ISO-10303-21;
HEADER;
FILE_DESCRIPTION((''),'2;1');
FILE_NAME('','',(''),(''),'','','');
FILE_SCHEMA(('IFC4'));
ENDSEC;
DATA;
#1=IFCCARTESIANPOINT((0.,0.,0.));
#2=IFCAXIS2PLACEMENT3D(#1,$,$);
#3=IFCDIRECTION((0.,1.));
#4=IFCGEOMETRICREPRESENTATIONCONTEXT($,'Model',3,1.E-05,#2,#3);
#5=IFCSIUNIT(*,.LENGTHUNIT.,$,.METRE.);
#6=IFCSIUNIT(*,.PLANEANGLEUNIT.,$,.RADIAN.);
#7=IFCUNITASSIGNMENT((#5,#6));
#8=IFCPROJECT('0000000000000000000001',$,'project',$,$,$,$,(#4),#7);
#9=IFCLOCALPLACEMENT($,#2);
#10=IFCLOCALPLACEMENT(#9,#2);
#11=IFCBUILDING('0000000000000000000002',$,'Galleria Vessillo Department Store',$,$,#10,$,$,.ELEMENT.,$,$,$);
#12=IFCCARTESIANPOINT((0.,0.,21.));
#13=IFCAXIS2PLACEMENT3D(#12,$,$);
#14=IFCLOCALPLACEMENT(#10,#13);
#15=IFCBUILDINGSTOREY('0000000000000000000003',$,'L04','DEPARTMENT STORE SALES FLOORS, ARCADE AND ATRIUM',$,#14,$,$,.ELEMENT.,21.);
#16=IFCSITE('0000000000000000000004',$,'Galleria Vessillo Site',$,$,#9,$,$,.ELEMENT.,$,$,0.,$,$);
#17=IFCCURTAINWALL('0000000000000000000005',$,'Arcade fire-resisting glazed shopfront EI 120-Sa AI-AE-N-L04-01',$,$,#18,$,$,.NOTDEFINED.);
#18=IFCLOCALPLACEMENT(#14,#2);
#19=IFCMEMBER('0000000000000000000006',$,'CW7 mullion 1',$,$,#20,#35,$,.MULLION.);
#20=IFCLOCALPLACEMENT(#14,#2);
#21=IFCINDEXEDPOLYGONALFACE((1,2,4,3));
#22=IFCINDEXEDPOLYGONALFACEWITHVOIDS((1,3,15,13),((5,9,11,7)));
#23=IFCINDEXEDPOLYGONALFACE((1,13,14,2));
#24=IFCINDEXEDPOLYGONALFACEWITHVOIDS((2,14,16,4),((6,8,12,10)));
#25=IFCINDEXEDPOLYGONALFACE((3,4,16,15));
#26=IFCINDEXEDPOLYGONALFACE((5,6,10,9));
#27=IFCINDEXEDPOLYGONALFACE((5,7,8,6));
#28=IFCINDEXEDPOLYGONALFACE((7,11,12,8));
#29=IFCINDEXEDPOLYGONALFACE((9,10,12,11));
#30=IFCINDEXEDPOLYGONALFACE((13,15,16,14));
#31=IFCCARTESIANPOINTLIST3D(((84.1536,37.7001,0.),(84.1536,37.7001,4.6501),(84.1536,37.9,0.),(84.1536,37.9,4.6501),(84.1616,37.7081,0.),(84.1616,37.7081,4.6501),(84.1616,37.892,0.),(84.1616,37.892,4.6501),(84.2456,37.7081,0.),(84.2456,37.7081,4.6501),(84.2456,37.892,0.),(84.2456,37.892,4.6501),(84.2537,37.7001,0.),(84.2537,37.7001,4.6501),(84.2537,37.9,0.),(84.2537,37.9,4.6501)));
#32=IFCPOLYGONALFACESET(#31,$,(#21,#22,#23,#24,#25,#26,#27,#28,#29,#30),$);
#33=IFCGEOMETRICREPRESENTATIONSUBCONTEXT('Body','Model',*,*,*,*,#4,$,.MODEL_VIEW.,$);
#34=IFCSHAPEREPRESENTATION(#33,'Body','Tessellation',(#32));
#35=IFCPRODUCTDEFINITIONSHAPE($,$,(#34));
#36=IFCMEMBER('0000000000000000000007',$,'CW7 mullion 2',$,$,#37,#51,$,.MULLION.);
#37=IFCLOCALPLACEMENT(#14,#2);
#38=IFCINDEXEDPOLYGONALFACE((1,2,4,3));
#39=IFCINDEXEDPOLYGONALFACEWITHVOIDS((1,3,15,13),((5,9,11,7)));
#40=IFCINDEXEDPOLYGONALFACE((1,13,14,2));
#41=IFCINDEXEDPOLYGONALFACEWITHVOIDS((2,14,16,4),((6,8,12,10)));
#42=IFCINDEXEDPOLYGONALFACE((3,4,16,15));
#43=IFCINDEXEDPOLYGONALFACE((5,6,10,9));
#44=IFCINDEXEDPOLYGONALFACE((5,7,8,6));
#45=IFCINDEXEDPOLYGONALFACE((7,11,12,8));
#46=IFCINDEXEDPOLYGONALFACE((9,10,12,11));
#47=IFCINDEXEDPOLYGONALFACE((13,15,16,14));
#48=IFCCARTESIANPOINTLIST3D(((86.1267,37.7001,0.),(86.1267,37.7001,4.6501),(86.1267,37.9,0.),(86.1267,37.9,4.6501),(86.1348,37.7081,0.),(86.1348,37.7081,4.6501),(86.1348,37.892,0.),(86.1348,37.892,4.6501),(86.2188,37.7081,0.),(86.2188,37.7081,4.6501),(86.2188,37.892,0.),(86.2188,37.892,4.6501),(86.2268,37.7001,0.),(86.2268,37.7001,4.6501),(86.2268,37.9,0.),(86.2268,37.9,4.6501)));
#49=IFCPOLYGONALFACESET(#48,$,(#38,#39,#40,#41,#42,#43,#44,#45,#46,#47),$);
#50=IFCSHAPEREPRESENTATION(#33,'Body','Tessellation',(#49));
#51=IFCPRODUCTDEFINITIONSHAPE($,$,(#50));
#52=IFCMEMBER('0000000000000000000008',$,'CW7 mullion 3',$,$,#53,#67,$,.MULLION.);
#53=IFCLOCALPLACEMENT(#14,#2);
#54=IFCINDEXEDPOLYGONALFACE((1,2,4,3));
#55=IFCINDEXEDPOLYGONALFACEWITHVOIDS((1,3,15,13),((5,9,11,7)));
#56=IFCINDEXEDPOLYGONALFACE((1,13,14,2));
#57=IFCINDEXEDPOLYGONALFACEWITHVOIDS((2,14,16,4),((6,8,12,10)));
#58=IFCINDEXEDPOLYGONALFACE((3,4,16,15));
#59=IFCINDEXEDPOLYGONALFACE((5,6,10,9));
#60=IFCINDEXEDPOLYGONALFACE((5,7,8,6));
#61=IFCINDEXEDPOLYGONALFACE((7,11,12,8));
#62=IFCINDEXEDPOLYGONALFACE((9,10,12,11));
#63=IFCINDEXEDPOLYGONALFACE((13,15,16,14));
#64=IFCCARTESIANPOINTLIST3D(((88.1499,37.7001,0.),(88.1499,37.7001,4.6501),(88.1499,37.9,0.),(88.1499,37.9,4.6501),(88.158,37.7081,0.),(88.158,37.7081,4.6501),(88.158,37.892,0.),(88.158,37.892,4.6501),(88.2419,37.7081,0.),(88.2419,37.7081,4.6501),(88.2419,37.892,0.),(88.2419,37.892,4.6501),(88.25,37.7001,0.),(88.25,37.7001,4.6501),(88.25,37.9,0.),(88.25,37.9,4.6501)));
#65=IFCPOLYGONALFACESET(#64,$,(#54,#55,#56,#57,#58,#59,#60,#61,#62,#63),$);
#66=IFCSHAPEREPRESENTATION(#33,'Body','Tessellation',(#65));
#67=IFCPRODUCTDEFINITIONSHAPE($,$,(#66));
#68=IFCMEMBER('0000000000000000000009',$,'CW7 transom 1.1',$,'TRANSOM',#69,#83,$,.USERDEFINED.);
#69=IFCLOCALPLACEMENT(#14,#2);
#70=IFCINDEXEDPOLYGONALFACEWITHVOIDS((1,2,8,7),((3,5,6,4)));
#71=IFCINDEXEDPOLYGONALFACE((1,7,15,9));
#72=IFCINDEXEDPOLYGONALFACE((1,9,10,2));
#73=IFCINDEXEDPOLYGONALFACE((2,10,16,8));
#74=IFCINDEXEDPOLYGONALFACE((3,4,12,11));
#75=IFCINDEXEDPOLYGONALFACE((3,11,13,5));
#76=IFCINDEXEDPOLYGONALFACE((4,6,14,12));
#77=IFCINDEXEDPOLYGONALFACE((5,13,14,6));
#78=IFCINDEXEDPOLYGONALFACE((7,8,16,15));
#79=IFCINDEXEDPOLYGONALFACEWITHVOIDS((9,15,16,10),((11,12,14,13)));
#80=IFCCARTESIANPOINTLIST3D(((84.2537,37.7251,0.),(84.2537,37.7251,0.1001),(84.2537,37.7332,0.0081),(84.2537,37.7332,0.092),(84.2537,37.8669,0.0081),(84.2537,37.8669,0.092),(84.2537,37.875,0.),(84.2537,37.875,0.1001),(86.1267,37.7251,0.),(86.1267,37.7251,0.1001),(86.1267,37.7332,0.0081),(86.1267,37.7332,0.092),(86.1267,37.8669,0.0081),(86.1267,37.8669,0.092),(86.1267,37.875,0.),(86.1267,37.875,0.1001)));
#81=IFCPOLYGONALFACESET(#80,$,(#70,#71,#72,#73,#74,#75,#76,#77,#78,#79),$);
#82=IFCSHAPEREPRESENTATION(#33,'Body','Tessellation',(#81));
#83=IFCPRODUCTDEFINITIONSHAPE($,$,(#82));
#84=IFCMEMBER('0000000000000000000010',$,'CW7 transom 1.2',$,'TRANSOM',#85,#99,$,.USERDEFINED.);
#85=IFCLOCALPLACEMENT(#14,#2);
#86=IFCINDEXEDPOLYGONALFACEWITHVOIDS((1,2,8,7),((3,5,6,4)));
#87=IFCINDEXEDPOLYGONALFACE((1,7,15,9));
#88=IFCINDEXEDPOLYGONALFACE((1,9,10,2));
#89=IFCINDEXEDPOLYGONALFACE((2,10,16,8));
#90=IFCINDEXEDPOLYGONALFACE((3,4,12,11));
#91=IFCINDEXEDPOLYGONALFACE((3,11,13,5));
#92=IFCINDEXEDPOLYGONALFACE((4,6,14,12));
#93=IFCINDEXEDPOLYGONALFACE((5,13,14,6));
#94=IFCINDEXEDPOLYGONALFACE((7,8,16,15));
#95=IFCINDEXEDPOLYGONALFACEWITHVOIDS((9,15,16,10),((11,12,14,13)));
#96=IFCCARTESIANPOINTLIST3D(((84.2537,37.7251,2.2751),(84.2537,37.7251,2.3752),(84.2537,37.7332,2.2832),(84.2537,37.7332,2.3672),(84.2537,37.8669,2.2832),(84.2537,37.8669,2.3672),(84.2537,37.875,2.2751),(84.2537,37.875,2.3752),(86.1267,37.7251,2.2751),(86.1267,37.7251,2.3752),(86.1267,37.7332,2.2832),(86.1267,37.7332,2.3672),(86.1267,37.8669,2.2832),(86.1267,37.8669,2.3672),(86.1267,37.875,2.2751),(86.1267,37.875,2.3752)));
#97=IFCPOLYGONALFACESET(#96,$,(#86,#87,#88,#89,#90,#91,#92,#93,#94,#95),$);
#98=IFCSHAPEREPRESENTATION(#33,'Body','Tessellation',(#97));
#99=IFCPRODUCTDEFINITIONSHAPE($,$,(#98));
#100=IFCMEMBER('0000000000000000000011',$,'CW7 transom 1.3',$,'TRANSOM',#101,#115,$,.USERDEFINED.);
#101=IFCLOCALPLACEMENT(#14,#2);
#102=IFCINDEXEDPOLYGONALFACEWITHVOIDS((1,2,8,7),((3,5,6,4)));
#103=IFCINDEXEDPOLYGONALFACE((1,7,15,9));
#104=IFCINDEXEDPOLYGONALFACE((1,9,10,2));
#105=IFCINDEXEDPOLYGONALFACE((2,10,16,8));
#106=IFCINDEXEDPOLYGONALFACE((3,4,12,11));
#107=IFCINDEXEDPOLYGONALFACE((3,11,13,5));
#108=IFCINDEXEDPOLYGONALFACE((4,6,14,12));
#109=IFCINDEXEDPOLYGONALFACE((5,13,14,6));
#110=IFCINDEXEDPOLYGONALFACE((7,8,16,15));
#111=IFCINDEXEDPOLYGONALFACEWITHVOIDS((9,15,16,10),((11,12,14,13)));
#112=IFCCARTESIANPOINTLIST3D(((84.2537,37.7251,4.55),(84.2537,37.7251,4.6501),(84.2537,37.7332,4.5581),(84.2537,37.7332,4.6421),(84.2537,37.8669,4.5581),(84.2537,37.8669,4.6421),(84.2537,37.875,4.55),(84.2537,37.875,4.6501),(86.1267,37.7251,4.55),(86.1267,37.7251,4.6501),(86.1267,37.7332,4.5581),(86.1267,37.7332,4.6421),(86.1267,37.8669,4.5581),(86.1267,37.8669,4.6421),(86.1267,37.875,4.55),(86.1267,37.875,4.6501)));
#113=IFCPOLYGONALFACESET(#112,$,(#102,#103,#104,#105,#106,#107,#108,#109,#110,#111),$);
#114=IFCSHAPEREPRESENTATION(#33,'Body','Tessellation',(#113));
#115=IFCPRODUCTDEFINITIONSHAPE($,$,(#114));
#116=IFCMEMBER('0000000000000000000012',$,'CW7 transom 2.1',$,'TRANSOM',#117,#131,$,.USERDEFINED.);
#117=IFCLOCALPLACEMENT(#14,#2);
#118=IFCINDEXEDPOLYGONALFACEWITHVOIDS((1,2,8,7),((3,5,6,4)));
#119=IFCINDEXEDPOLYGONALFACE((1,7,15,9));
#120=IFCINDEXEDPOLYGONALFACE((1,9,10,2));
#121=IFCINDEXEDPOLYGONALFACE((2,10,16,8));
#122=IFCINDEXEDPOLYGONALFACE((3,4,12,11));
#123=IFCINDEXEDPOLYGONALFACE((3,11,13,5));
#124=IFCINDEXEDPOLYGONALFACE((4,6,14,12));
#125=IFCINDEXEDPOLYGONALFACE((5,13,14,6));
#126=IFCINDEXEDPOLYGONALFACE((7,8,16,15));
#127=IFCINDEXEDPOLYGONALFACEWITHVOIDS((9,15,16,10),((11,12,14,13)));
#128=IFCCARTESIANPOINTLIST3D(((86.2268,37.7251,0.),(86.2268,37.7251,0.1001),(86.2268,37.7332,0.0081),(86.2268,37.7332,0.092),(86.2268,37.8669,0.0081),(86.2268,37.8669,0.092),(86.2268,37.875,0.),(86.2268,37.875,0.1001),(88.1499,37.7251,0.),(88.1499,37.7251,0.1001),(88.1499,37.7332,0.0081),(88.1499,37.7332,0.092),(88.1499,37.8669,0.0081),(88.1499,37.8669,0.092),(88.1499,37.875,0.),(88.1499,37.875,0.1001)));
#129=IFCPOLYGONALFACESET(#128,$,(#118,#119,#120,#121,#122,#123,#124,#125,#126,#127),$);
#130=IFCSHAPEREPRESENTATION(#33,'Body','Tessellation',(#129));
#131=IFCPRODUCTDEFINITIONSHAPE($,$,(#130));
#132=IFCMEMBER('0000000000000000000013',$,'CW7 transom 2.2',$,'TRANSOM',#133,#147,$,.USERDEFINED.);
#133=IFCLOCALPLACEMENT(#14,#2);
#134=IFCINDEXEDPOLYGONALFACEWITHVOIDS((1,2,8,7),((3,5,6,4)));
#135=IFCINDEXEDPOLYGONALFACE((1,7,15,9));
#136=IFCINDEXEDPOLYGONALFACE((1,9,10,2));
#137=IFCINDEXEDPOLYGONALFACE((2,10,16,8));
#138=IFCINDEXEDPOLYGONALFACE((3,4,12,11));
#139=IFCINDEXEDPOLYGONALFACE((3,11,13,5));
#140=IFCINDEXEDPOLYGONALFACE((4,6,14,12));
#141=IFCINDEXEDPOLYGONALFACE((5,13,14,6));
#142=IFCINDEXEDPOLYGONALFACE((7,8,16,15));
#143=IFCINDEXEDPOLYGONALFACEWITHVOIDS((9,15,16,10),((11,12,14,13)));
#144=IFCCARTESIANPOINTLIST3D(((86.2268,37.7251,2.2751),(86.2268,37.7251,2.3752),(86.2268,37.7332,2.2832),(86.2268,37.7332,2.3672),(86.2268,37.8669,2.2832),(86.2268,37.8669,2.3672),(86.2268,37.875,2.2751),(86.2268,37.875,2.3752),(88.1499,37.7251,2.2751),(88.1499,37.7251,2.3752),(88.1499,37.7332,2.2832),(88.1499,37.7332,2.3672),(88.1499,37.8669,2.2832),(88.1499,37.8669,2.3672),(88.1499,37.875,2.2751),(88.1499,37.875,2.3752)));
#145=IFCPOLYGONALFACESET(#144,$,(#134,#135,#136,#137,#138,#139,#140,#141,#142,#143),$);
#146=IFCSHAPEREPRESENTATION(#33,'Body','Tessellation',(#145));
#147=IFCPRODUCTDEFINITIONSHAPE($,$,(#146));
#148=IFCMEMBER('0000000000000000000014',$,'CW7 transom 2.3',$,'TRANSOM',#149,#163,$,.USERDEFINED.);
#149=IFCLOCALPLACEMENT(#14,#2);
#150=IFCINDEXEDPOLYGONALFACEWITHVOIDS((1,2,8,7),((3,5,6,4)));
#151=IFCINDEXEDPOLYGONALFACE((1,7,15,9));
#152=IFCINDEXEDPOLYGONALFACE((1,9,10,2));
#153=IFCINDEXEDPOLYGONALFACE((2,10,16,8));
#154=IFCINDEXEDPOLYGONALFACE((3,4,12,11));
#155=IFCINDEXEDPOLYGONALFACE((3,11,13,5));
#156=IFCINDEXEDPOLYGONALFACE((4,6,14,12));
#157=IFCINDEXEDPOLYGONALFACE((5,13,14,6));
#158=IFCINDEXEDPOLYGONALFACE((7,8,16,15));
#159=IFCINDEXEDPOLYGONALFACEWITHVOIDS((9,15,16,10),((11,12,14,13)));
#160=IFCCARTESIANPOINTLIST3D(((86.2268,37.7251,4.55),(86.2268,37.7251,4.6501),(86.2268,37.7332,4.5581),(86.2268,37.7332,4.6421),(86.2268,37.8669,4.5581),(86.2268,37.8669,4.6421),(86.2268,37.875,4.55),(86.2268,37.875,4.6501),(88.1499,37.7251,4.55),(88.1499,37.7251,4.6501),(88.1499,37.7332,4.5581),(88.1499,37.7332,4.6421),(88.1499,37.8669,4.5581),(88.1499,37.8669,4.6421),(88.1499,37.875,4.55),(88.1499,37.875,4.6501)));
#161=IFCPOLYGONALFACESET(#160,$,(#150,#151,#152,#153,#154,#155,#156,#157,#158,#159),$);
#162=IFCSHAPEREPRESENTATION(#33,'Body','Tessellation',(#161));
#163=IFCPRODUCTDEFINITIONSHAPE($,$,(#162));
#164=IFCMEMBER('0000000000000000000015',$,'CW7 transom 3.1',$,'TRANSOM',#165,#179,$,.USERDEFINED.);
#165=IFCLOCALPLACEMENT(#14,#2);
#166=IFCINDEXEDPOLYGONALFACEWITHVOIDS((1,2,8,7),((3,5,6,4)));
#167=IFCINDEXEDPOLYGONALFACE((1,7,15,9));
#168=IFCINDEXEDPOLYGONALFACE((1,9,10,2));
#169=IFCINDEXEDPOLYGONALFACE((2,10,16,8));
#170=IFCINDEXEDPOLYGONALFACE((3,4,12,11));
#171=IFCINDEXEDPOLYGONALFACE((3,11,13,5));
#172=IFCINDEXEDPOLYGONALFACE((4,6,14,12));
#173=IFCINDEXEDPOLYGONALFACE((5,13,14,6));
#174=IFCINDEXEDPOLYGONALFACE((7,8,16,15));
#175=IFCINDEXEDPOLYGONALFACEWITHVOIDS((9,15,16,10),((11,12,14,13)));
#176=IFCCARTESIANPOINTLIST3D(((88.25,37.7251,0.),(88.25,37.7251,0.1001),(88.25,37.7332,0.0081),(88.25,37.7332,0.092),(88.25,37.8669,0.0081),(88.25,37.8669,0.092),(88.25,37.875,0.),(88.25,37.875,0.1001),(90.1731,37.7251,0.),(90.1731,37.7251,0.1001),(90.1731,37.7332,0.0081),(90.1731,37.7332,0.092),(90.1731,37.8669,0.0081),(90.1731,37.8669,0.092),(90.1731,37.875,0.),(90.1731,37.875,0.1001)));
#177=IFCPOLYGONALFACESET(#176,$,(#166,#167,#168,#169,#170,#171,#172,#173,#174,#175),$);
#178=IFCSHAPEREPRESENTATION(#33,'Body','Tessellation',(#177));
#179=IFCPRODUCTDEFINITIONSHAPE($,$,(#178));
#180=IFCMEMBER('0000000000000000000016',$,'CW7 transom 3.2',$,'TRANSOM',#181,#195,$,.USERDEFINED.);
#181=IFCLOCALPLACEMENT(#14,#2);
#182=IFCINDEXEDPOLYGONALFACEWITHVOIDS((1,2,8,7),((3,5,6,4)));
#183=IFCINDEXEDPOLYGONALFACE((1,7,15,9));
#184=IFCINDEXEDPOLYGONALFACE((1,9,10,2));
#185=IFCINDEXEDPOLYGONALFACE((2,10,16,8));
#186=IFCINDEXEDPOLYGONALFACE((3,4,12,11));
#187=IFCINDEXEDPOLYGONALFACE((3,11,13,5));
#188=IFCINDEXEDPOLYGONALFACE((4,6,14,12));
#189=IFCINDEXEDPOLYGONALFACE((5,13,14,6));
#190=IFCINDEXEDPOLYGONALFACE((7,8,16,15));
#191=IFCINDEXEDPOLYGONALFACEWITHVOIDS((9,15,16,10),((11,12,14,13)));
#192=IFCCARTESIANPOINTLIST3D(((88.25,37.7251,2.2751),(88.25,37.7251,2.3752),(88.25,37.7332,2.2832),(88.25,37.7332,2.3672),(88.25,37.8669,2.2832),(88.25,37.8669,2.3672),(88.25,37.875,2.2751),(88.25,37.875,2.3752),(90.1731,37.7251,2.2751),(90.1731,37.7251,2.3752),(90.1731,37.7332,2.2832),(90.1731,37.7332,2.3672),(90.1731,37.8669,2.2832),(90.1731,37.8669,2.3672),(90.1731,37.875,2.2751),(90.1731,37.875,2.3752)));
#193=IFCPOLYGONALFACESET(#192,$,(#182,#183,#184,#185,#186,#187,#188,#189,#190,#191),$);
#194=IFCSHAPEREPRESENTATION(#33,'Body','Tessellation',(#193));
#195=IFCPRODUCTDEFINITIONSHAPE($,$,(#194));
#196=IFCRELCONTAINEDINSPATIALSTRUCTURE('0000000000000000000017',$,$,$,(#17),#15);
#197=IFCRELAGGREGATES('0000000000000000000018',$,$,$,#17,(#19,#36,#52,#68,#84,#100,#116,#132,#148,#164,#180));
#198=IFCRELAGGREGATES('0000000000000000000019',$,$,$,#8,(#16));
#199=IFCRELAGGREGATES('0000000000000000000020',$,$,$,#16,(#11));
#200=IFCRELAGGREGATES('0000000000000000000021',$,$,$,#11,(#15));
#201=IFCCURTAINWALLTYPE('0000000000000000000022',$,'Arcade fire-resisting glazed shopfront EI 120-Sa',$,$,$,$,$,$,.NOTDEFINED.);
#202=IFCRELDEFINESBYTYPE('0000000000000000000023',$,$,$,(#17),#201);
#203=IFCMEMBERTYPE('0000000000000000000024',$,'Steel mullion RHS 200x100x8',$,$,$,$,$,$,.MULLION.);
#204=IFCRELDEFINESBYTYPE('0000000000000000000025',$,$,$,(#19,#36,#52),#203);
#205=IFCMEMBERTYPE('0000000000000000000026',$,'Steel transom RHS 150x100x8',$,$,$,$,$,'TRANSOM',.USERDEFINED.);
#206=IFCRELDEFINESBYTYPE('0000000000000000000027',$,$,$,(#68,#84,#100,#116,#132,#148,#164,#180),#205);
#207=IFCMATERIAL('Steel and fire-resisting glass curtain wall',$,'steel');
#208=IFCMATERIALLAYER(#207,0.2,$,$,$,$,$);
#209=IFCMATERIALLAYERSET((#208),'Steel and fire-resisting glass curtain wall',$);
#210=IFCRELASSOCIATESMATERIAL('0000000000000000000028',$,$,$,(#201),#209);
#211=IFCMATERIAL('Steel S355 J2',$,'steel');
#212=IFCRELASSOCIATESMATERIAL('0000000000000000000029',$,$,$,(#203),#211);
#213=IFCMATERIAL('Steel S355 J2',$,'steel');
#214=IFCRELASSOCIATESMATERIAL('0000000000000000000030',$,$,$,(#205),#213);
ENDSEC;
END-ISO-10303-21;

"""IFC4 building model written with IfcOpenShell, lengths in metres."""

from ifc_helpers import new_model, si_unit, direction, frame, origin, origin_2d, place, context, subcontext, project, spatial, hollow_rectangle, extrude, material, layer, layer_set, material_profile, profile_set, type_object, element, aggregate, save


model = new_model("IFC4")

# Units and contexts
model_context = context("Model", 3, precision=1e-05, world=origin(), true_north=direction((0.0, 1.0)))
body_context = subcontext(model_context, "Body", "Model", "MODEL_VIEW")
ifc_project = project(units=[si_unit("LENGTHUNIT", "METRE"), si_unit("PLANEANGLEUNIT", "RADIAN")], contexts=[model_context])

# Site, building, storey
site_placement = place(None, origin())
site = spatial("IfcSite", under=ifc_project, at=site_placement, Name="Galleria Vessillo Site", CompositionType="ELEMENT", RefElevation=0.0)
building_placement = place(site_placement, origin())
building = spatial("IfcBuilding", under=site, at=building_placement, Name="Galleria Vessillo Department Store", CompositionType="ELEMENT")
storey_placement = place(building_placement, frame((0.0, 0.0, 21.0)))
storey = spatial("IfcBuildingStorey", under=building, at=storey_placement, Name="L04", Description="DEPARTMENT STORE SALES FLOORS, ARCADE AND ATRIUM", CompositionType="ELEMENT", Elevation=21.0)

# Curtain wall, members
ifc_material_1 = material(Name="Steel and fire-resisting glass curtain wall", Category="steel")
ifc_layer_1 = layer(ifc_material_1, 0.2)
ifc_layer_set_1 = layer_set([ifc_layer_1], Name="Steel and fire-resisting glass curtain wall")
curtain_wall_type = type_object("IfcCurtainWallType", Name="Arcade fire-resisting glazed shopfront EI 120-Sa", PredefinedType="NOTDEFINED", material=ifc_layer_set_1)
curtain_wall_placement = place(storey_placement, origin())
curtain_wall = element("IfcCurtainWall", 1, at=curtain_wall_placement, inside=storey, type_object=curtain_wall_type, Name="Arcade fire-resisting glazed shopfront EI 120-Sa AI-AE-N-L04-01", PredefinedType="NOTDEFINED")
ifc_material_2 = material(Name="Steel S355 J2", Category="steel")
ifc_material_profile_1 = material_profile(ifc_material_2, hollow_rectangle(XDim=0.2, YDim=0.1001, WallThickness=0.0081, at=origin_2d()), Name="RHS 200x100x8")
ifc_profile_set_1 = profile_set([ifc_material_profile_1], Name="Steel S355 J2")
member_type_1 = type_object("IfcMemberType", Name="Steel mullion RHS 200x100x8", PredefinedType="MULLION", material=ifc_profile_set_1)
member_1_placement = place(storey_placement, frame((84.2036, 37.8, 0.0), z_axis=(0.0, 0.0, 1.0), x_axis=(0.0, 1.0, 0.0)))
member_1 = element("IfcMember", 2, at=member_1_placement, type_object=member_type_1, Name="CW7 mullion 1", PredefinedType="MULLION", context=body_context, shape_type="SweptSolid", body=[
    extrude(hollow_rectangle(XDim=0.2, YDim=0.1001, WallThickness=0.0081, at=origin_2d()), origin(), (0.0, 0.0, 1.0), 4.6501),
])
member_2_placement = place(storey_placement, frame((86.1768, 37.8, 0.0), z_axis=(0.0, 0.0, 1.0), x_axis=(0.0, 1.0, 0.0)))
member_2 = element("IfcMember", 3, at=member_2_placement, type_object=member_type_1, Name="CW7 mullion 2", PredefinedType="MULLION", context=body_context, shape_type="SweptSolid", body=[
    extrude(hollow_rectangle(XDim=0.2, YDim=0.1001, WallThickness=0.0081, at=origin_2d()), origin(), (0.0, 0.0, 1.0), 4.6501),
])
member_3_placement = place(storey_placement, frame((88.2, 37.8, 0.0), z_axis=(0.0, 0.0, 1.0), x_axis=(0.0, 1.0, 0.0)))
member_3 = element("IfcMember", 4, at=member_3_placement, type_object=member_type_1, Name="CW7 mullion 3", PredefinedType="MULLION", context=body_context, shape_type="SweptSolid", body=[
    extrude(hollow_rectangle(XDim=0.2, YDim=0.1001, WallThickness=0.0081, at=origin_2d()), origin(), (0.0, 0.0, 1.0), 4.6501),
])
ifc_material_3 = material(Name="Steel S355 J2", Category="steel")
ifc_material_profile_2 = material_profile(ifc_material_3, hollow_rectangle(XDim=0.1499, YDim=0.1001, WallThickness=0.0081, at=origin_2d()), Name="RHS 150x100x8")
ifc_profile_set_2 = profile_set([ifc_material_profile_2], Name="Steel S355 J2")
member_type_2 = type_object("IfcMemberType", Name="Steel transom RHS 150x100x8", ElementType="TRANSOM", PredefinedType="USERDEFINED", material=ifc_profile_set_2)
member_4_placement = place(storey_placement, frame((84.2537, 37.8, 0.05), z_axis=(1.0, 0.0, 0.0), x_axis=(0.0, 1.0, 0.0)))
member_4 = element("IfcMember", 5, at=member_4_placement, type_object=member_type_2, Name="CW7 transom 1.1", ObjectType="TRANSOM", PredefinedType="USERDEFINED", context=body_context, shape_type="SweptSolid", body=[
    extrude(hollow_rectangle(XDim=0.1499, YDim=0.1001, WallThickness=0.0081, at=origin_2d()), origin(), (0.0, 0.0, 1.0), 1.873),
])
member_5_placement = place(storey_placement, frame((84.2537, 37.8, 2.3252), z_axis=(1.0, 0.0, 0.0), x_axis=(0.0, 1.0, 0.0)))
member_5 = element("IfcMember", 6, at=member_5_placement, type_object=member_type_2, Name="CW7 transom 1.2", ObjectType="TRANSOM", PredefinedType="USERDEFINED", context=body_context, shape_type="SweptSolid", body=[
    extrude(hollow_rectangle(XDim=0.1499, YDim=0.1001, WallThickness=0.0081, at=origin_2d()), origin(), (0.0, 0.0, 1.0), 1.873),
])
member_6_placement = place(storey_placement, frame((84.2537, 37.8, 4.6001), z_axis=(1.0, 0.0, 0.0), x_axis=(0.0, 1.0, 0.0)))
member_6 = element("IfcMember", 7, at=member_6_placement, type_object=member_type_2, Name="CW7 transom 1.3", ObjectType="TRANSOM", PredefinedType="USERDEFINED", context=body_context, shape_type="SweptSolid", body=[
    extrude(hollow_rectangle(XDim=0.1499, YDim=0.1001, WallThickness=0.0081, at=origin_2d()), origin(), (0.0, 0.0, 1.0), 1.873),
])
member_7_placement = place(storey_placement, frame((86.2268, 37.8, 0.05), z_axis=(1.0, 0.0, 0.0), x_axis=(0.0, 1.0, 0.0)))
member_7 = element("IfcMember", 8, at=member_7_placement, type_object=member_type_2, Name="CW7 transom 2.1", ObjectType="TRANSOM", PredefinedType="USERDEFINED", context=body_context, shape_type="SweptSolid", body=[
    extrude(hollow_rectangle(XDim=0.1499, YDim=0.1001, WallThickness=0.0081, at=origin_2d()), origin(), (0.0, 0.0, 1.0), 1.9231),
])
member_8_placement = place(storey_placement, frame((86.2268, 37.8, 2.3252), z_axis=(1.0, 0.0, 0.0), x_axis=(0.0, 1.0, 0.0)))
member_8 = element("IfcMember", 9, at=member_8_placement, type_object=member_type_2, Name="CW7 transom 2.2", ObjectType="TRANSOM", PredefinedType="USERDEFINED", context=body_context, shape_type="SweptSolid", body=[
    extrude(hollow_rectangle(XDim=0.1499, YDim=0.1001, WallThickness=0.0081, at=origin_2d()), origin(), (0.0, 0.0, 1.0), 1.9231),
])
member_9_placement = place(storey_placement, frame((86.2268, 37.8, 4.6001), z_axis=(1.0, 0.0, 0.0), x_axis=(0.0, 1.0, 0.0)))
member_9 = element("IfcMember", 10, at=member_9_placement, type_object=member_type_2, Name="CW7 transom 2.3", ObjectType="TRANSOM", PredefinedType="USERDEFINED", context=body_context, shape_type="SweptSolid", body=[
    extrude(hollow_rectangle(XDim=0.1499, YDim=0.1001, WallThickness=0.0081, at=origin_2d()), origin(), (0.0, 0.0, 1.0), 1.9231),
])
member_10_placement = place(storey_placement, frame((88.25, 37.8, 0.05), z_axis=(1.0, 0.0, 0.0), x_axis=(0.0, 1.0, 0.0)))
member_10 = element("IfcMember", 11, at=member_10_placement, type_object=member_type_2, Name="CW7 transom 3.1", ObjectType="TRANSOM", PredefinedType="USERDEFINED", context=body_context, shape_type="SweptSolid", body=[
    extrude(hollow_rectangle(XDim=0.1499, YDim=0.1001, WallThickness=0.0081, at=origin_2d()), origin(), (0.0, 0.0, 1.0), 1.9231),
])
member_11_placement = place(storey_placement, frame((88.25, 37.8, 2.3252), z_axis=(1.0, 0.0, 0.0), x_axis=(0.0, 1.0, 0.0)))
member_11 = element("IfcMember", 12, at=member_11_placement, type_object=member_type_2, Name="CW7 transom 3.2", ObjectType="TRANSOM", PredefinedType="USERDEFINED", context=body_context, shape_type="SweptSolid", body=[
    extrude(hollow_rectangle(XDim=0.1499, YDim=0.1001, WallThickness=0.0081, at=origin_2d()), origin(), (0.0, 0.0, 1.0), 1.9231),
])

aggregate(curtain_wall, [member_1, member_2, member_3, member_4, member_5, member_6, member_7, member_8, member_9, member_10, member_11])

save(model, "model.ifc")
